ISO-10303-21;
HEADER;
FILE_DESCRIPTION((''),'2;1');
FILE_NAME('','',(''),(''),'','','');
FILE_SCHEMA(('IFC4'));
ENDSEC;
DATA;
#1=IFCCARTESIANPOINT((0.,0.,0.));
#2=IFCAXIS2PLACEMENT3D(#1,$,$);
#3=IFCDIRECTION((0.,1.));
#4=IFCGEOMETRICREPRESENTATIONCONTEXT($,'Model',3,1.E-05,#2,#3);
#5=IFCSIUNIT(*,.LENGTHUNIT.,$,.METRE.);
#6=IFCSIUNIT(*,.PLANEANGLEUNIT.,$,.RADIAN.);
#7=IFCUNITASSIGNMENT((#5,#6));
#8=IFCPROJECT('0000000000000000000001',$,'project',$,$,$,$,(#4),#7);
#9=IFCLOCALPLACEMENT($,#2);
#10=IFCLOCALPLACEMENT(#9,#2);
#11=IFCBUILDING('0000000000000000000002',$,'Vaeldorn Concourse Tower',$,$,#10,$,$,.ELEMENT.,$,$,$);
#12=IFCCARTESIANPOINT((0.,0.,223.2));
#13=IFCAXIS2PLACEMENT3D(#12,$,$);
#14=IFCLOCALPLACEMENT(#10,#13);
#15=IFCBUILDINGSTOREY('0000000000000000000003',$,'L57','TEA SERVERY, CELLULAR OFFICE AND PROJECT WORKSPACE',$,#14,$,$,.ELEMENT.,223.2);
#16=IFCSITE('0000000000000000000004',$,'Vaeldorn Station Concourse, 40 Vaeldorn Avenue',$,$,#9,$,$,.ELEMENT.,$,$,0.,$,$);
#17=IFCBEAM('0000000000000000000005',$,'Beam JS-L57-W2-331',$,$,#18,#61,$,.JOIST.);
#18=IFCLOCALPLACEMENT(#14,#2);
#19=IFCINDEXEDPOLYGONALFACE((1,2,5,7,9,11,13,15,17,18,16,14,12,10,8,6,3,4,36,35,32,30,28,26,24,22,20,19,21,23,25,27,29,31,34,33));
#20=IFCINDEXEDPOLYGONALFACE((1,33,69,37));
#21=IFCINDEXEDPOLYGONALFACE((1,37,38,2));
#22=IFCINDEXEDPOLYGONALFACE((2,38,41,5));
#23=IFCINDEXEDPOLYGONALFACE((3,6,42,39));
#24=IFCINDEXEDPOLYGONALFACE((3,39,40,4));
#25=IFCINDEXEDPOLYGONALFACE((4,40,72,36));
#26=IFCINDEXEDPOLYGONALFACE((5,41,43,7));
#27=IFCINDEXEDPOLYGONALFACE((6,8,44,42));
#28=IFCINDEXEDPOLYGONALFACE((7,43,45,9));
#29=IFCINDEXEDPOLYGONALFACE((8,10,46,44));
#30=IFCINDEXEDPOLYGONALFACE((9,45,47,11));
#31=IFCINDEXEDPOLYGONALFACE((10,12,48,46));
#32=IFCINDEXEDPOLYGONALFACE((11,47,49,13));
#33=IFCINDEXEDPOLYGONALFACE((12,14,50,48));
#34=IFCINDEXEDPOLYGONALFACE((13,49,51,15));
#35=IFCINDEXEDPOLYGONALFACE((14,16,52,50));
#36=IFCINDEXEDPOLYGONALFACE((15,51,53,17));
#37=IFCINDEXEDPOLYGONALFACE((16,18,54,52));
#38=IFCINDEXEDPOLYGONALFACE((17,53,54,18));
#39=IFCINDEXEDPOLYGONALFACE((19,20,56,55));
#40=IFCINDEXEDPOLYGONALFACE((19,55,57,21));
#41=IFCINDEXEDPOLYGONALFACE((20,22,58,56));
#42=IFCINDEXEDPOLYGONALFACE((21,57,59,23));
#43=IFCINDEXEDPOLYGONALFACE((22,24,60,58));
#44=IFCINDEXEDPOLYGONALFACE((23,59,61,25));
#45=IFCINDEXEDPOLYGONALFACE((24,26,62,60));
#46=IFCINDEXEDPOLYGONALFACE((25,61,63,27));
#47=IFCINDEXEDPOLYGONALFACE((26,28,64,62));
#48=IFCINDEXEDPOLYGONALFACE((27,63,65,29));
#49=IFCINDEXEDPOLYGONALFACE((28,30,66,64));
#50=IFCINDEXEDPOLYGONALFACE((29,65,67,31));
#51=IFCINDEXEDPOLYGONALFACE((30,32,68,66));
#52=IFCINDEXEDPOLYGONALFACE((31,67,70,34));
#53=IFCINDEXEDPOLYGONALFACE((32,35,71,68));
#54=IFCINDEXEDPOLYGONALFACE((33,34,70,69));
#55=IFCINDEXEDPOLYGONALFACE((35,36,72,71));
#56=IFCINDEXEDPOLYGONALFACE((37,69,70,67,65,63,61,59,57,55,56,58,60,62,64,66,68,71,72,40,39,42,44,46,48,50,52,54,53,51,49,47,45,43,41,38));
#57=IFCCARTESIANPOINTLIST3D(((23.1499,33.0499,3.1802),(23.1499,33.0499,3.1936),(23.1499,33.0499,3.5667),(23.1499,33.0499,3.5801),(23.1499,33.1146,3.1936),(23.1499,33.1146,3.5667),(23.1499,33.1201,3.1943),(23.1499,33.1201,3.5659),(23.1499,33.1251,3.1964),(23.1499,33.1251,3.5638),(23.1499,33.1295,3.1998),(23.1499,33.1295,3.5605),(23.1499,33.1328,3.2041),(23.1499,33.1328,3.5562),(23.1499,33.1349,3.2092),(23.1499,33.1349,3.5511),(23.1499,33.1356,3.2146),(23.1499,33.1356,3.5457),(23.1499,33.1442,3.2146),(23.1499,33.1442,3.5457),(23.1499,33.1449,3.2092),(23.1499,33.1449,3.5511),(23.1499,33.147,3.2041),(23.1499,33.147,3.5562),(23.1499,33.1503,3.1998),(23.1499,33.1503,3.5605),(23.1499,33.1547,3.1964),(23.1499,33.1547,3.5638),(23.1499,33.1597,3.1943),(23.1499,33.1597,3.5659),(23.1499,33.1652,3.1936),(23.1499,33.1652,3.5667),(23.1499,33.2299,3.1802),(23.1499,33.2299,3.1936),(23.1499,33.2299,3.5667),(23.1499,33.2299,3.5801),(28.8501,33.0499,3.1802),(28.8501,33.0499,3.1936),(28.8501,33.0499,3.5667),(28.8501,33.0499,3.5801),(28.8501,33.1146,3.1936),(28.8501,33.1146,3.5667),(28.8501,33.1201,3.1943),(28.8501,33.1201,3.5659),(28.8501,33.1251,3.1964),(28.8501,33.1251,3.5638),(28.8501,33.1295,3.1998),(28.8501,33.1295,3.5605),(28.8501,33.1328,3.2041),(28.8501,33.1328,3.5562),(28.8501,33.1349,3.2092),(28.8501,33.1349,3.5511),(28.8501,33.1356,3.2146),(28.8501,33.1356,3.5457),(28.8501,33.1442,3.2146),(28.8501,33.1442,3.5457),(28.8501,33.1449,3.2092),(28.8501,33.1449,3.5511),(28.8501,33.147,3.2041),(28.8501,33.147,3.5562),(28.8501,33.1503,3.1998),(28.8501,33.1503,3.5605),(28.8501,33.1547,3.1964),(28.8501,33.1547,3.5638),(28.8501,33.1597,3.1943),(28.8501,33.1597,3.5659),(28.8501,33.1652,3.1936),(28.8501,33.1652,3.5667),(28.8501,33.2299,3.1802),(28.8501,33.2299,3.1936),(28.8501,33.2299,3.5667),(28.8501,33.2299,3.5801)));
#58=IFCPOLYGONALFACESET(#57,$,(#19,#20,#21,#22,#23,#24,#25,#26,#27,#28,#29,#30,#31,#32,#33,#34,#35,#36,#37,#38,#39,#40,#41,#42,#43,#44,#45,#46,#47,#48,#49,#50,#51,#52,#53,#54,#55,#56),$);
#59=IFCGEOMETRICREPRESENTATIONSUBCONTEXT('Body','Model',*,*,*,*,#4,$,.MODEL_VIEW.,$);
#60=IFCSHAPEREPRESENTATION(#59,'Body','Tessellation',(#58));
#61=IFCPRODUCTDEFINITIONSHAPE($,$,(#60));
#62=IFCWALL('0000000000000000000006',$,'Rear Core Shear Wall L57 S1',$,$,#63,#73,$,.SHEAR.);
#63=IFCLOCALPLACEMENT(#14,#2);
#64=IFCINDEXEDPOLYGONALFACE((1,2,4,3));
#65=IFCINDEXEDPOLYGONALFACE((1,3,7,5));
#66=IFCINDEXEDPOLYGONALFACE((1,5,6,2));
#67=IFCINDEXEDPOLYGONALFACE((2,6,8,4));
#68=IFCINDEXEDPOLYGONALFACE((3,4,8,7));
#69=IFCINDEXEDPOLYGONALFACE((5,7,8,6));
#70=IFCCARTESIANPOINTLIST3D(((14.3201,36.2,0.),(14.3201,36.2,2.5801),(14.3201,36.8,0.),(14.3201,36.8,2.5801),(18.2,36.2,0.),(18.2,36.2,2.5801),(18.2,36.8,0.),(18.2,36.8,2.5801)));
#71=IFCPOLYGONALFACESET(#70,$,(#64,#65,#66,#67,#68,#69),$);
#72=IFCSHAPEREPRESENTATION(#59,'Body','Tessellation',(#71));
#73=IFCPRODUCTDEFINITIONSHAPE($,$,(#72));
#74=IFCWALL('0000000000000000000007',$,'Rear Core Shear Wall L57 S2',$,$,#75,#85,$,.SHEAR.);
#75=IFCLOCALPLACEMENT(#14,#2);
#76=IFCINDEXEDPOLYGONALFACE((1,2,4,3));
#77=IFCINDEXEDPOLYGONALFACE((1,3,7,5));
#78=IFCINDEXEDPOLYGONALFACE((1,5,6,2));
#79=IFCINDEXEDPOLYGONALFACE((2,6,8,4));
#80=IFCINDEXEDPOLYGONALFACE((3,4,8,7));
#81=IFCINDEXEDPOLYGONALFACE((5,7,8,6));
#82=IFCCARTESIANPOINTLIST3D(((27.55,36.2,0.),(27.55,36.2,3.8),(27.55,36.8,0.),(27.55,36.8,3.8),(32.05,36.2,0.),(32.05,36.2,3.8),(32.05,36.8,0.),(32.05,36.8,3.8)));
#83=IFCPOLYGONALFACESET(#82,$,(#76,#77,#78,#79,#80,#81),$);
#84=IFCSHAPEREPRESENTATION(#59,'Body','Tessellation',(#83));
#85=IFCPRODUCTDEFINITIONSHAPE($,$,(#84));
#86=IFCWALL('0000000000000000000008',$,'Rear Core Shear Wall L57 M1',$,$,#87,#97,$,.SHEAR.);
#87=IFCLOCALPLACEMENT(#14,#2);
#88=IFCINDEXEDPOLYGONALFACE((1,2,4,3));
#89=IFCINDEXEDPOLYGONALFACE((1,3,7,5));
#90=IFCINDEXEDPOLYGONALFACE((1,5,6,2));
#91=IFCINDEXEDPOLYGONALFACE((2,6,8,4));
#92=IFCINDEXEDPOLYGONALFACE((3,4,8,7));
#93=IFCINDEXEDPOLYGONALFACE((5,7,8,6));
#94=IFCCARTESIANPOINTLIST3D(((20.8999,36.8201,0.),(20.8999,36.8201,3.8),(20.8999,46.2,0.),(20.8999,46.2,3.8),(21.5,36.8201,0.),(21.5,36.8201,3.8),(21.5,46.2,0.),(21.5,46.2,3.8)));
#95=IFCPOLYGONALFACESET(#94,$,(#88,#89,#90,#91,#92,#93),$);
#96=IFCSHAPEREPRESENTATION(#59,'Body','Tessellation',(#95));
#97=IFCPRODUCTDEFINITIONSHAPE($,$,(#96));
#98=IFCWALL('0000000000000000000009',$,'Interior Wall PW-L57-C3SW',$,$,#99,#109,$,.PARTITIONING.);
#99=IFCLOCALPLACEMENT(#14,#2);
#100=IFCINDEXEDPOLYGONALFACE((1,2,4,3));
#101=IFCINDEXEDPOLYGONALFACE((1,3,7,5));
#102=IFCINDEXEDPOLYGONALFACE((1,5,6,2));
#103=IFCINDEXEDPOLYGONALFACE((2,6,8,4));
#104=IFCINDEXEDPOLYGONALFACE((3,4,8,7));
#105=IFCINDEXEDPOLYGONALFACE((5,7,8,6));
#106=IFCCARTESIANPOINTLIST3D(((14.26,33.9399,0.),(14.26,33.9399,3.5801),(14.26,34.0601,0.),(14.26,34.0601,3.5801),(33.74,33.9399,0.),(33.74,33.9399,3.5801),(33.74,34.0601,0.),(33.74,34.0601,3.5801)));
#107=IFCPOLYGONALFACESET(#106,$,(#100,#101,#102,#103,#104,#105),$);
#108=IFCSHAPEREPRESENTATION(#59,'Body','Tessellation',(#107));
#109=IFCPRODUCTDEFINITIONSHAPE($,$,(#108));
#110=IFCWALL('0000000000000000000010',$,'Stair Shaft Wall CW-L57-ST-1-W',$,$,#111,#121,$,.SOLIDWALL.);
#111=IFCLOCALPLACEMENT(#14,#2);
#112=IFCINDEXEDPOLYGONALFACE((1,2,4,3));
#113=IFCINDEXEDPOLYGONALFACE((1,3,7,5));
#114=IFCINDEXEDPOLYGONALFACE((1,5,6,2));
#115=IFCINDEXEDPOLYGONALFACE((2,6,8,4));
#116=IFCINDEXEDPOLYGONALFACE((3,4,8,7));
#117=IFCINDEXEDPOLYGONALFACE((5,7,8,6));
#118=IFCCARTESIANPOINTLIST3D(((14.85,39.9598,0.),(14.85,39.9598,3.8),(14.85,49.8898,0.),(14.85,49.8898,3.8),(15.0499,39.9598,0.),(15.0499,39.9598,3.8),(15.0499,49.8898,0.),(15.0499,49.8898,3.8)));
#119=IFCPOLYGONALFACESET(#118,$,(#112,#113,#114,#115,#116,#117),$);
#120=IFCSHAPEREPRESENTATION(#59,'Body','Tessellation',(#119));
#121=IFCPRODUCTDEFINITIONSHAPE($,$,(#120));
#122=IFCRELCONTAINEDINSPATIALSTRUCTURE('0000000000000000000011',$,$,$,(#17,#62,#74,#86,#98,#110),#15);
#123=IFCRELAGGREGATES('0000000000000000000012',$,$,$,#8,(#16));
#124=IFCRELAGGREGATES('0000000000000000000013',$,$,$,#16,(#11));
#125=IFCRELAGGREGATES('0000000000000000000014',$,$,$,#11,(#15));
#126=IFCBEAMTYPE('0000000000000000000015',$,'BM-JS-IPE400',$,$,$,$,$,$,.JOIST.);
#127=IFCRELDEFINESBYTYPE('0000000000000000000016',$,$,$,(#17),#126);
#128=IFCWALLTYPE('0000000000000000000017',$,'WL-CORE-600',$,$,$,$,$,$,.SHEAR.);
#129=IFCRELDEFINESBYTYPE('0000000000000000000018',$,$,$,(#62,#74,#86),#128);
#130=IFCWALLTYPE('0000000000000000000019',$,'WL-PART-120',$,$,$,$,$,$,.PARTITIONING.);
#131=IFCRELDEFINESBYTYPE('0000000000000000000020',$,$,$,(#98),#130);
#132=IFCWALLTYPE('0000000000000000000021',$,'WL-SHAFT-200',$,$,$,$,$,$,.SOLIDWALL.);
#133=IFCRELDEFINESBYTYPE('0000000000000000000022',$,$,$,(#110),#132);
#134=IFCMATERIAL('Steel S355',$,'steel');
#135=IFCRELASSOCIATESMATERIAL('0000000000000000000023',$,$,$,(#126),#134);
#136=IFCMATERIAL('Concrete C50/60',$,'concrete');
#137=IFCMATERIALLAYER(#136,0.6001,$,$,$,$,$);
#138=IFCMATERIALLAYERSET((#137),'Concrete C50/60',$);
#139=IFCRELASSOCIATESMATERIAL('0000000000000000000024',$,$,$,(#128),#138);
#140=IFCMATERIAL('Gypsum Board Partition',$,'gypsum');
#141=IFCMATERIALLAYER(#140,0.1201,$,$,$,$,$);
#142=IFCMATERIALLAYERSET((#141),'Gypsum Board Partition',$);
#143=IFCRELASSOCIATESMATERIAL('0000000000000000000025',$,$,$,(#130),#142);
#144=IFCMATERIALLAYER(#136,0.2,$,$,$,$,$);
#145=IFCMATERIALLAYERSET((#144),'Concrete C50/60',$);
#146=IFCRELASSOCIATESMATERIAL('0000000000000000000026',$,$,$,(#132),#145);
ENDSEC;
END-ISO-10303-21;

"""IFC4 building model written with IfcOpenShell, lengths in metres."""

from ifc_helpers import new_model, si_unit, direction, frame, frame_2d, origin, origin_2d, place, context, subcontext, project, spatial, rectangle, i_section, extrude, source, transform, mapped, material, layer, layer_set, material_profile, profile_set, type_object, element, save


model = new_model("IFC4")

# Units and contexts
model_context = context("Model", 3, precision=1e-05, world=origin(), true_north=direction((0.0, 1.0)))
body_context = subcontext(model_context, "Body", "Model", "MODEL_VIEW")
ifc_project = project(units=[si_unit("LENGTHUNIT", "METRE"), si_unit("PLANEANGLEUNIT", "RADIAN")], contexts=[model_context])

# Site, building, storey
site_placement = place(None, origin())
site = spatial("IfcSite", under=ifc_project, at=site_placement, Name="Vaeldorn Station Concourse, 40 Vaeldorn Avenue", CompositionType="ELEMENT", RefElevation=0.0)
building_placement = place(site_placement, origin())
building = spatial("IfcBuilding", under=site, at=building_placement, Name="Vaeldorn Concourse Tower", CompositionType="ELEMENT")
storey_placement = place(building_placement, frame((0.0, 0.0, 223.2)))
storey = spatial("IfcBuildingStorey", under=building, at=storey_placement, Name="L57", Description="TEA SERVERY, CELLULAR OFFICE AND PROJECT WORKSPACE", CompositionType="ELEMENT", Elevation=223.2)

# Shared definitions
ifc_material_1 = material(Name="Steel S355", Category="steel")

# Beam
ifc_material_profile_1 = material_profile(ifc_material_1, i_section(OverallWidth=0.1799, OverallDepth=0.3999, WebThickness=0.0085, FlangeThickness=0.0134, FilletRadius=0.021, at=origin_2d()), Name="IPE 400")
ifc_profile_set_1 = profile_set([ifc_material_profile_1], Name="Steel S355")
beam_type_1 = type_object("IfcBeamType", Name="BM-JS-IPE400", PredefinedType="JOIST", material=ifc_profile_set_1)
shared_shape_1 = source(origin(), body_context, "Body", "SweptSolid", [
    extrude(i_section(OverallWidth=0.1799, OverallDepth=0.3999, WebThickness=0.0085, FlangeThickness=0.0134, FilletRadius=0.021, at=origin_2d()), origin(), (0.0, 0.0, 1.0), 5.7002),
])
for number, where, z_axis, x_axis, name in (
    (1, (23.1499, 33.1399, 3.3801), (1.0, 0.0, 0.0), (0.0, 1.0, 0.0), "Beam JS-L57-W2-331"),
):
    element("IfcBeam", number, at=place(storey_placement, frame(where, z_axis=z_axis, x_axis=x_axis)), inside=storey, type_object=beam_type_1, Name=name, PredefinedType="JOIST", context=body_context, shape_type="MappedRepresentation", body=[
        mapped(shared_shape_1, transform((0.0, 0.0, 0.0), scale=1.0)),
    ])

# Walls
ifc_material_2 = material(Name="Concrete C50/60", Category="concrete")
ifc_layer_1 = layer(ifc_material_2, 0.6001)
ifc_layer_set_1 = layer_set([ifc_layer_1], Name="Concrete C50/60")
wall_type_1 = type_object("IfcWallType", Name="WL-CORE-600", PredefinedType="SHEAR", material=ifc_layer_set_1)
wall_1_placement = place(storey_placement, frame((14.3201, 36.5, 0.0), z_axis=(0.0, 0.0, 1.0), x_axis=(1.0, 0.0, 0.0)))
element("IfcWall", 2, at=wall_1_placement, inside=storey, type_object=wall_type_1, Name="Rear Core Shear Wall L57 S1", PredefinedType="SHEAR", context=body_context, shape_type="SweptSolid", body=[
    extrude(rectangle(XDim=3.8799, YDim=0.6001, at=frame_2d((1.9399, 0.0))), origin(), (0.0, 0.0, 1.0), 2.5801),
])
wall_2_placement = place(storey_placement, frame((27.55, 36.5, 0.0), z_axis=(0.0, 0.0, 1.0), x_axis=(1.0, 0.0, 0.0)))
element("IfcWall", 3, at=wall_2_placement, inside=storey, type_object=wall_type_1, Name="Rear Core Shear Wall L57 S2", PredefinedType="SHEAR", context=body_context, shape_type="SweptSolid", body=[
    extrude(rectangle(XDim=4.5, YDim=0.6001, at=frame_2d((2.25, 0.0))), origin(), (0.0, 0.0, 1.0), 3.8),
])
wall_3_placement = place(storey_placement, frame((21.2, 36.8201, 0.0), z_axis=(0.0, 0.0, 1.0), x_axis=(0.0, 1.0, 0.0)))
element("IfcWall", 4, at=wall_3_placement, inside=storey, type_object=wall_type_1, Name="Rear Core Shear Wall L57 M1", PredefinedType="SHEAR", context=body_context, shape_type="SweptSolid", body=[
    extrude(rectangle(XDim=9.3799, YDim=0.6001, at=frame_2d((4.6899, 0.0))), origin(), (0.0, 0.0, 1.0), 3.8),
])
ifc_material_3 = material(Name="Gypsum Board Partition", Category="gypsum")
ifc_layer_2 = layer(ifc_material_3, 0.1201)
ifc_layer_set_2 = layer_set([ifc_layer_2], Name="Gypsum Board Partition")
wall_type_2 = type_object("IfcWallType", Name="WL-PART-120", PredefinedType="PARTITIONING", material=ifc_layer_set_2)
wall_4_placement = place(storey_placement, frame((14.26, 34.0, 0.0), z_axis=(0.0, 0.0, 1.0), x_axis=(1.0, 0.0, 0.0)))
element("IfcWall", 5, at=wall_4_placement, inside=storey, type_object=wall_type_2, Name="Interior Wall PW-L57-C3SW", PredefinedType="PARTITIONING", context=body_context, shape_type="SweptSolid", body=[
    extrude(rectangle(XDim=19.48, YDim=0.1201, at=frame_2d((9.74, 0.0))), origin(), (0.0, 0.0, 1.0), 3.5801),
])

# Shared definitions
ifc_layer_3 = layer(ifc_material_2, 0.2)
ifc_layer_set_3 = layer_set([ifc_layer_3], Name="Concrete C50/60")
wall_type_3 = type_object("IfcWallType", Name="WL-SHAFT-200", PredefinedType="SOLIDWALL", material=ifc_layer_set_3)

# Wall
wall_5_placement = place(storey_placement, frame((14.95, 39.96, 0.0), z_axis=(0.0, 0.0, 1.0), x_axis=(0.0, 1.0, 0.0)))
element("IfcWall", 6, at=wall_5_placement, inside=storey, type_object=wall_type_3, Name="Stair Shaft Wall CW-L57-ST-1-W", PredefinedType="SOLIDWALL", context=body_context, shape_type="SweptSolid", body=[
    extrude(rectangle(XDim=9.9299, YDim=0.2, at=frame_2d((4.9648, 0.0))), origin(), (0.0, 0.0, 1.0), 3.8),
])

save(model, "model.ifc")
